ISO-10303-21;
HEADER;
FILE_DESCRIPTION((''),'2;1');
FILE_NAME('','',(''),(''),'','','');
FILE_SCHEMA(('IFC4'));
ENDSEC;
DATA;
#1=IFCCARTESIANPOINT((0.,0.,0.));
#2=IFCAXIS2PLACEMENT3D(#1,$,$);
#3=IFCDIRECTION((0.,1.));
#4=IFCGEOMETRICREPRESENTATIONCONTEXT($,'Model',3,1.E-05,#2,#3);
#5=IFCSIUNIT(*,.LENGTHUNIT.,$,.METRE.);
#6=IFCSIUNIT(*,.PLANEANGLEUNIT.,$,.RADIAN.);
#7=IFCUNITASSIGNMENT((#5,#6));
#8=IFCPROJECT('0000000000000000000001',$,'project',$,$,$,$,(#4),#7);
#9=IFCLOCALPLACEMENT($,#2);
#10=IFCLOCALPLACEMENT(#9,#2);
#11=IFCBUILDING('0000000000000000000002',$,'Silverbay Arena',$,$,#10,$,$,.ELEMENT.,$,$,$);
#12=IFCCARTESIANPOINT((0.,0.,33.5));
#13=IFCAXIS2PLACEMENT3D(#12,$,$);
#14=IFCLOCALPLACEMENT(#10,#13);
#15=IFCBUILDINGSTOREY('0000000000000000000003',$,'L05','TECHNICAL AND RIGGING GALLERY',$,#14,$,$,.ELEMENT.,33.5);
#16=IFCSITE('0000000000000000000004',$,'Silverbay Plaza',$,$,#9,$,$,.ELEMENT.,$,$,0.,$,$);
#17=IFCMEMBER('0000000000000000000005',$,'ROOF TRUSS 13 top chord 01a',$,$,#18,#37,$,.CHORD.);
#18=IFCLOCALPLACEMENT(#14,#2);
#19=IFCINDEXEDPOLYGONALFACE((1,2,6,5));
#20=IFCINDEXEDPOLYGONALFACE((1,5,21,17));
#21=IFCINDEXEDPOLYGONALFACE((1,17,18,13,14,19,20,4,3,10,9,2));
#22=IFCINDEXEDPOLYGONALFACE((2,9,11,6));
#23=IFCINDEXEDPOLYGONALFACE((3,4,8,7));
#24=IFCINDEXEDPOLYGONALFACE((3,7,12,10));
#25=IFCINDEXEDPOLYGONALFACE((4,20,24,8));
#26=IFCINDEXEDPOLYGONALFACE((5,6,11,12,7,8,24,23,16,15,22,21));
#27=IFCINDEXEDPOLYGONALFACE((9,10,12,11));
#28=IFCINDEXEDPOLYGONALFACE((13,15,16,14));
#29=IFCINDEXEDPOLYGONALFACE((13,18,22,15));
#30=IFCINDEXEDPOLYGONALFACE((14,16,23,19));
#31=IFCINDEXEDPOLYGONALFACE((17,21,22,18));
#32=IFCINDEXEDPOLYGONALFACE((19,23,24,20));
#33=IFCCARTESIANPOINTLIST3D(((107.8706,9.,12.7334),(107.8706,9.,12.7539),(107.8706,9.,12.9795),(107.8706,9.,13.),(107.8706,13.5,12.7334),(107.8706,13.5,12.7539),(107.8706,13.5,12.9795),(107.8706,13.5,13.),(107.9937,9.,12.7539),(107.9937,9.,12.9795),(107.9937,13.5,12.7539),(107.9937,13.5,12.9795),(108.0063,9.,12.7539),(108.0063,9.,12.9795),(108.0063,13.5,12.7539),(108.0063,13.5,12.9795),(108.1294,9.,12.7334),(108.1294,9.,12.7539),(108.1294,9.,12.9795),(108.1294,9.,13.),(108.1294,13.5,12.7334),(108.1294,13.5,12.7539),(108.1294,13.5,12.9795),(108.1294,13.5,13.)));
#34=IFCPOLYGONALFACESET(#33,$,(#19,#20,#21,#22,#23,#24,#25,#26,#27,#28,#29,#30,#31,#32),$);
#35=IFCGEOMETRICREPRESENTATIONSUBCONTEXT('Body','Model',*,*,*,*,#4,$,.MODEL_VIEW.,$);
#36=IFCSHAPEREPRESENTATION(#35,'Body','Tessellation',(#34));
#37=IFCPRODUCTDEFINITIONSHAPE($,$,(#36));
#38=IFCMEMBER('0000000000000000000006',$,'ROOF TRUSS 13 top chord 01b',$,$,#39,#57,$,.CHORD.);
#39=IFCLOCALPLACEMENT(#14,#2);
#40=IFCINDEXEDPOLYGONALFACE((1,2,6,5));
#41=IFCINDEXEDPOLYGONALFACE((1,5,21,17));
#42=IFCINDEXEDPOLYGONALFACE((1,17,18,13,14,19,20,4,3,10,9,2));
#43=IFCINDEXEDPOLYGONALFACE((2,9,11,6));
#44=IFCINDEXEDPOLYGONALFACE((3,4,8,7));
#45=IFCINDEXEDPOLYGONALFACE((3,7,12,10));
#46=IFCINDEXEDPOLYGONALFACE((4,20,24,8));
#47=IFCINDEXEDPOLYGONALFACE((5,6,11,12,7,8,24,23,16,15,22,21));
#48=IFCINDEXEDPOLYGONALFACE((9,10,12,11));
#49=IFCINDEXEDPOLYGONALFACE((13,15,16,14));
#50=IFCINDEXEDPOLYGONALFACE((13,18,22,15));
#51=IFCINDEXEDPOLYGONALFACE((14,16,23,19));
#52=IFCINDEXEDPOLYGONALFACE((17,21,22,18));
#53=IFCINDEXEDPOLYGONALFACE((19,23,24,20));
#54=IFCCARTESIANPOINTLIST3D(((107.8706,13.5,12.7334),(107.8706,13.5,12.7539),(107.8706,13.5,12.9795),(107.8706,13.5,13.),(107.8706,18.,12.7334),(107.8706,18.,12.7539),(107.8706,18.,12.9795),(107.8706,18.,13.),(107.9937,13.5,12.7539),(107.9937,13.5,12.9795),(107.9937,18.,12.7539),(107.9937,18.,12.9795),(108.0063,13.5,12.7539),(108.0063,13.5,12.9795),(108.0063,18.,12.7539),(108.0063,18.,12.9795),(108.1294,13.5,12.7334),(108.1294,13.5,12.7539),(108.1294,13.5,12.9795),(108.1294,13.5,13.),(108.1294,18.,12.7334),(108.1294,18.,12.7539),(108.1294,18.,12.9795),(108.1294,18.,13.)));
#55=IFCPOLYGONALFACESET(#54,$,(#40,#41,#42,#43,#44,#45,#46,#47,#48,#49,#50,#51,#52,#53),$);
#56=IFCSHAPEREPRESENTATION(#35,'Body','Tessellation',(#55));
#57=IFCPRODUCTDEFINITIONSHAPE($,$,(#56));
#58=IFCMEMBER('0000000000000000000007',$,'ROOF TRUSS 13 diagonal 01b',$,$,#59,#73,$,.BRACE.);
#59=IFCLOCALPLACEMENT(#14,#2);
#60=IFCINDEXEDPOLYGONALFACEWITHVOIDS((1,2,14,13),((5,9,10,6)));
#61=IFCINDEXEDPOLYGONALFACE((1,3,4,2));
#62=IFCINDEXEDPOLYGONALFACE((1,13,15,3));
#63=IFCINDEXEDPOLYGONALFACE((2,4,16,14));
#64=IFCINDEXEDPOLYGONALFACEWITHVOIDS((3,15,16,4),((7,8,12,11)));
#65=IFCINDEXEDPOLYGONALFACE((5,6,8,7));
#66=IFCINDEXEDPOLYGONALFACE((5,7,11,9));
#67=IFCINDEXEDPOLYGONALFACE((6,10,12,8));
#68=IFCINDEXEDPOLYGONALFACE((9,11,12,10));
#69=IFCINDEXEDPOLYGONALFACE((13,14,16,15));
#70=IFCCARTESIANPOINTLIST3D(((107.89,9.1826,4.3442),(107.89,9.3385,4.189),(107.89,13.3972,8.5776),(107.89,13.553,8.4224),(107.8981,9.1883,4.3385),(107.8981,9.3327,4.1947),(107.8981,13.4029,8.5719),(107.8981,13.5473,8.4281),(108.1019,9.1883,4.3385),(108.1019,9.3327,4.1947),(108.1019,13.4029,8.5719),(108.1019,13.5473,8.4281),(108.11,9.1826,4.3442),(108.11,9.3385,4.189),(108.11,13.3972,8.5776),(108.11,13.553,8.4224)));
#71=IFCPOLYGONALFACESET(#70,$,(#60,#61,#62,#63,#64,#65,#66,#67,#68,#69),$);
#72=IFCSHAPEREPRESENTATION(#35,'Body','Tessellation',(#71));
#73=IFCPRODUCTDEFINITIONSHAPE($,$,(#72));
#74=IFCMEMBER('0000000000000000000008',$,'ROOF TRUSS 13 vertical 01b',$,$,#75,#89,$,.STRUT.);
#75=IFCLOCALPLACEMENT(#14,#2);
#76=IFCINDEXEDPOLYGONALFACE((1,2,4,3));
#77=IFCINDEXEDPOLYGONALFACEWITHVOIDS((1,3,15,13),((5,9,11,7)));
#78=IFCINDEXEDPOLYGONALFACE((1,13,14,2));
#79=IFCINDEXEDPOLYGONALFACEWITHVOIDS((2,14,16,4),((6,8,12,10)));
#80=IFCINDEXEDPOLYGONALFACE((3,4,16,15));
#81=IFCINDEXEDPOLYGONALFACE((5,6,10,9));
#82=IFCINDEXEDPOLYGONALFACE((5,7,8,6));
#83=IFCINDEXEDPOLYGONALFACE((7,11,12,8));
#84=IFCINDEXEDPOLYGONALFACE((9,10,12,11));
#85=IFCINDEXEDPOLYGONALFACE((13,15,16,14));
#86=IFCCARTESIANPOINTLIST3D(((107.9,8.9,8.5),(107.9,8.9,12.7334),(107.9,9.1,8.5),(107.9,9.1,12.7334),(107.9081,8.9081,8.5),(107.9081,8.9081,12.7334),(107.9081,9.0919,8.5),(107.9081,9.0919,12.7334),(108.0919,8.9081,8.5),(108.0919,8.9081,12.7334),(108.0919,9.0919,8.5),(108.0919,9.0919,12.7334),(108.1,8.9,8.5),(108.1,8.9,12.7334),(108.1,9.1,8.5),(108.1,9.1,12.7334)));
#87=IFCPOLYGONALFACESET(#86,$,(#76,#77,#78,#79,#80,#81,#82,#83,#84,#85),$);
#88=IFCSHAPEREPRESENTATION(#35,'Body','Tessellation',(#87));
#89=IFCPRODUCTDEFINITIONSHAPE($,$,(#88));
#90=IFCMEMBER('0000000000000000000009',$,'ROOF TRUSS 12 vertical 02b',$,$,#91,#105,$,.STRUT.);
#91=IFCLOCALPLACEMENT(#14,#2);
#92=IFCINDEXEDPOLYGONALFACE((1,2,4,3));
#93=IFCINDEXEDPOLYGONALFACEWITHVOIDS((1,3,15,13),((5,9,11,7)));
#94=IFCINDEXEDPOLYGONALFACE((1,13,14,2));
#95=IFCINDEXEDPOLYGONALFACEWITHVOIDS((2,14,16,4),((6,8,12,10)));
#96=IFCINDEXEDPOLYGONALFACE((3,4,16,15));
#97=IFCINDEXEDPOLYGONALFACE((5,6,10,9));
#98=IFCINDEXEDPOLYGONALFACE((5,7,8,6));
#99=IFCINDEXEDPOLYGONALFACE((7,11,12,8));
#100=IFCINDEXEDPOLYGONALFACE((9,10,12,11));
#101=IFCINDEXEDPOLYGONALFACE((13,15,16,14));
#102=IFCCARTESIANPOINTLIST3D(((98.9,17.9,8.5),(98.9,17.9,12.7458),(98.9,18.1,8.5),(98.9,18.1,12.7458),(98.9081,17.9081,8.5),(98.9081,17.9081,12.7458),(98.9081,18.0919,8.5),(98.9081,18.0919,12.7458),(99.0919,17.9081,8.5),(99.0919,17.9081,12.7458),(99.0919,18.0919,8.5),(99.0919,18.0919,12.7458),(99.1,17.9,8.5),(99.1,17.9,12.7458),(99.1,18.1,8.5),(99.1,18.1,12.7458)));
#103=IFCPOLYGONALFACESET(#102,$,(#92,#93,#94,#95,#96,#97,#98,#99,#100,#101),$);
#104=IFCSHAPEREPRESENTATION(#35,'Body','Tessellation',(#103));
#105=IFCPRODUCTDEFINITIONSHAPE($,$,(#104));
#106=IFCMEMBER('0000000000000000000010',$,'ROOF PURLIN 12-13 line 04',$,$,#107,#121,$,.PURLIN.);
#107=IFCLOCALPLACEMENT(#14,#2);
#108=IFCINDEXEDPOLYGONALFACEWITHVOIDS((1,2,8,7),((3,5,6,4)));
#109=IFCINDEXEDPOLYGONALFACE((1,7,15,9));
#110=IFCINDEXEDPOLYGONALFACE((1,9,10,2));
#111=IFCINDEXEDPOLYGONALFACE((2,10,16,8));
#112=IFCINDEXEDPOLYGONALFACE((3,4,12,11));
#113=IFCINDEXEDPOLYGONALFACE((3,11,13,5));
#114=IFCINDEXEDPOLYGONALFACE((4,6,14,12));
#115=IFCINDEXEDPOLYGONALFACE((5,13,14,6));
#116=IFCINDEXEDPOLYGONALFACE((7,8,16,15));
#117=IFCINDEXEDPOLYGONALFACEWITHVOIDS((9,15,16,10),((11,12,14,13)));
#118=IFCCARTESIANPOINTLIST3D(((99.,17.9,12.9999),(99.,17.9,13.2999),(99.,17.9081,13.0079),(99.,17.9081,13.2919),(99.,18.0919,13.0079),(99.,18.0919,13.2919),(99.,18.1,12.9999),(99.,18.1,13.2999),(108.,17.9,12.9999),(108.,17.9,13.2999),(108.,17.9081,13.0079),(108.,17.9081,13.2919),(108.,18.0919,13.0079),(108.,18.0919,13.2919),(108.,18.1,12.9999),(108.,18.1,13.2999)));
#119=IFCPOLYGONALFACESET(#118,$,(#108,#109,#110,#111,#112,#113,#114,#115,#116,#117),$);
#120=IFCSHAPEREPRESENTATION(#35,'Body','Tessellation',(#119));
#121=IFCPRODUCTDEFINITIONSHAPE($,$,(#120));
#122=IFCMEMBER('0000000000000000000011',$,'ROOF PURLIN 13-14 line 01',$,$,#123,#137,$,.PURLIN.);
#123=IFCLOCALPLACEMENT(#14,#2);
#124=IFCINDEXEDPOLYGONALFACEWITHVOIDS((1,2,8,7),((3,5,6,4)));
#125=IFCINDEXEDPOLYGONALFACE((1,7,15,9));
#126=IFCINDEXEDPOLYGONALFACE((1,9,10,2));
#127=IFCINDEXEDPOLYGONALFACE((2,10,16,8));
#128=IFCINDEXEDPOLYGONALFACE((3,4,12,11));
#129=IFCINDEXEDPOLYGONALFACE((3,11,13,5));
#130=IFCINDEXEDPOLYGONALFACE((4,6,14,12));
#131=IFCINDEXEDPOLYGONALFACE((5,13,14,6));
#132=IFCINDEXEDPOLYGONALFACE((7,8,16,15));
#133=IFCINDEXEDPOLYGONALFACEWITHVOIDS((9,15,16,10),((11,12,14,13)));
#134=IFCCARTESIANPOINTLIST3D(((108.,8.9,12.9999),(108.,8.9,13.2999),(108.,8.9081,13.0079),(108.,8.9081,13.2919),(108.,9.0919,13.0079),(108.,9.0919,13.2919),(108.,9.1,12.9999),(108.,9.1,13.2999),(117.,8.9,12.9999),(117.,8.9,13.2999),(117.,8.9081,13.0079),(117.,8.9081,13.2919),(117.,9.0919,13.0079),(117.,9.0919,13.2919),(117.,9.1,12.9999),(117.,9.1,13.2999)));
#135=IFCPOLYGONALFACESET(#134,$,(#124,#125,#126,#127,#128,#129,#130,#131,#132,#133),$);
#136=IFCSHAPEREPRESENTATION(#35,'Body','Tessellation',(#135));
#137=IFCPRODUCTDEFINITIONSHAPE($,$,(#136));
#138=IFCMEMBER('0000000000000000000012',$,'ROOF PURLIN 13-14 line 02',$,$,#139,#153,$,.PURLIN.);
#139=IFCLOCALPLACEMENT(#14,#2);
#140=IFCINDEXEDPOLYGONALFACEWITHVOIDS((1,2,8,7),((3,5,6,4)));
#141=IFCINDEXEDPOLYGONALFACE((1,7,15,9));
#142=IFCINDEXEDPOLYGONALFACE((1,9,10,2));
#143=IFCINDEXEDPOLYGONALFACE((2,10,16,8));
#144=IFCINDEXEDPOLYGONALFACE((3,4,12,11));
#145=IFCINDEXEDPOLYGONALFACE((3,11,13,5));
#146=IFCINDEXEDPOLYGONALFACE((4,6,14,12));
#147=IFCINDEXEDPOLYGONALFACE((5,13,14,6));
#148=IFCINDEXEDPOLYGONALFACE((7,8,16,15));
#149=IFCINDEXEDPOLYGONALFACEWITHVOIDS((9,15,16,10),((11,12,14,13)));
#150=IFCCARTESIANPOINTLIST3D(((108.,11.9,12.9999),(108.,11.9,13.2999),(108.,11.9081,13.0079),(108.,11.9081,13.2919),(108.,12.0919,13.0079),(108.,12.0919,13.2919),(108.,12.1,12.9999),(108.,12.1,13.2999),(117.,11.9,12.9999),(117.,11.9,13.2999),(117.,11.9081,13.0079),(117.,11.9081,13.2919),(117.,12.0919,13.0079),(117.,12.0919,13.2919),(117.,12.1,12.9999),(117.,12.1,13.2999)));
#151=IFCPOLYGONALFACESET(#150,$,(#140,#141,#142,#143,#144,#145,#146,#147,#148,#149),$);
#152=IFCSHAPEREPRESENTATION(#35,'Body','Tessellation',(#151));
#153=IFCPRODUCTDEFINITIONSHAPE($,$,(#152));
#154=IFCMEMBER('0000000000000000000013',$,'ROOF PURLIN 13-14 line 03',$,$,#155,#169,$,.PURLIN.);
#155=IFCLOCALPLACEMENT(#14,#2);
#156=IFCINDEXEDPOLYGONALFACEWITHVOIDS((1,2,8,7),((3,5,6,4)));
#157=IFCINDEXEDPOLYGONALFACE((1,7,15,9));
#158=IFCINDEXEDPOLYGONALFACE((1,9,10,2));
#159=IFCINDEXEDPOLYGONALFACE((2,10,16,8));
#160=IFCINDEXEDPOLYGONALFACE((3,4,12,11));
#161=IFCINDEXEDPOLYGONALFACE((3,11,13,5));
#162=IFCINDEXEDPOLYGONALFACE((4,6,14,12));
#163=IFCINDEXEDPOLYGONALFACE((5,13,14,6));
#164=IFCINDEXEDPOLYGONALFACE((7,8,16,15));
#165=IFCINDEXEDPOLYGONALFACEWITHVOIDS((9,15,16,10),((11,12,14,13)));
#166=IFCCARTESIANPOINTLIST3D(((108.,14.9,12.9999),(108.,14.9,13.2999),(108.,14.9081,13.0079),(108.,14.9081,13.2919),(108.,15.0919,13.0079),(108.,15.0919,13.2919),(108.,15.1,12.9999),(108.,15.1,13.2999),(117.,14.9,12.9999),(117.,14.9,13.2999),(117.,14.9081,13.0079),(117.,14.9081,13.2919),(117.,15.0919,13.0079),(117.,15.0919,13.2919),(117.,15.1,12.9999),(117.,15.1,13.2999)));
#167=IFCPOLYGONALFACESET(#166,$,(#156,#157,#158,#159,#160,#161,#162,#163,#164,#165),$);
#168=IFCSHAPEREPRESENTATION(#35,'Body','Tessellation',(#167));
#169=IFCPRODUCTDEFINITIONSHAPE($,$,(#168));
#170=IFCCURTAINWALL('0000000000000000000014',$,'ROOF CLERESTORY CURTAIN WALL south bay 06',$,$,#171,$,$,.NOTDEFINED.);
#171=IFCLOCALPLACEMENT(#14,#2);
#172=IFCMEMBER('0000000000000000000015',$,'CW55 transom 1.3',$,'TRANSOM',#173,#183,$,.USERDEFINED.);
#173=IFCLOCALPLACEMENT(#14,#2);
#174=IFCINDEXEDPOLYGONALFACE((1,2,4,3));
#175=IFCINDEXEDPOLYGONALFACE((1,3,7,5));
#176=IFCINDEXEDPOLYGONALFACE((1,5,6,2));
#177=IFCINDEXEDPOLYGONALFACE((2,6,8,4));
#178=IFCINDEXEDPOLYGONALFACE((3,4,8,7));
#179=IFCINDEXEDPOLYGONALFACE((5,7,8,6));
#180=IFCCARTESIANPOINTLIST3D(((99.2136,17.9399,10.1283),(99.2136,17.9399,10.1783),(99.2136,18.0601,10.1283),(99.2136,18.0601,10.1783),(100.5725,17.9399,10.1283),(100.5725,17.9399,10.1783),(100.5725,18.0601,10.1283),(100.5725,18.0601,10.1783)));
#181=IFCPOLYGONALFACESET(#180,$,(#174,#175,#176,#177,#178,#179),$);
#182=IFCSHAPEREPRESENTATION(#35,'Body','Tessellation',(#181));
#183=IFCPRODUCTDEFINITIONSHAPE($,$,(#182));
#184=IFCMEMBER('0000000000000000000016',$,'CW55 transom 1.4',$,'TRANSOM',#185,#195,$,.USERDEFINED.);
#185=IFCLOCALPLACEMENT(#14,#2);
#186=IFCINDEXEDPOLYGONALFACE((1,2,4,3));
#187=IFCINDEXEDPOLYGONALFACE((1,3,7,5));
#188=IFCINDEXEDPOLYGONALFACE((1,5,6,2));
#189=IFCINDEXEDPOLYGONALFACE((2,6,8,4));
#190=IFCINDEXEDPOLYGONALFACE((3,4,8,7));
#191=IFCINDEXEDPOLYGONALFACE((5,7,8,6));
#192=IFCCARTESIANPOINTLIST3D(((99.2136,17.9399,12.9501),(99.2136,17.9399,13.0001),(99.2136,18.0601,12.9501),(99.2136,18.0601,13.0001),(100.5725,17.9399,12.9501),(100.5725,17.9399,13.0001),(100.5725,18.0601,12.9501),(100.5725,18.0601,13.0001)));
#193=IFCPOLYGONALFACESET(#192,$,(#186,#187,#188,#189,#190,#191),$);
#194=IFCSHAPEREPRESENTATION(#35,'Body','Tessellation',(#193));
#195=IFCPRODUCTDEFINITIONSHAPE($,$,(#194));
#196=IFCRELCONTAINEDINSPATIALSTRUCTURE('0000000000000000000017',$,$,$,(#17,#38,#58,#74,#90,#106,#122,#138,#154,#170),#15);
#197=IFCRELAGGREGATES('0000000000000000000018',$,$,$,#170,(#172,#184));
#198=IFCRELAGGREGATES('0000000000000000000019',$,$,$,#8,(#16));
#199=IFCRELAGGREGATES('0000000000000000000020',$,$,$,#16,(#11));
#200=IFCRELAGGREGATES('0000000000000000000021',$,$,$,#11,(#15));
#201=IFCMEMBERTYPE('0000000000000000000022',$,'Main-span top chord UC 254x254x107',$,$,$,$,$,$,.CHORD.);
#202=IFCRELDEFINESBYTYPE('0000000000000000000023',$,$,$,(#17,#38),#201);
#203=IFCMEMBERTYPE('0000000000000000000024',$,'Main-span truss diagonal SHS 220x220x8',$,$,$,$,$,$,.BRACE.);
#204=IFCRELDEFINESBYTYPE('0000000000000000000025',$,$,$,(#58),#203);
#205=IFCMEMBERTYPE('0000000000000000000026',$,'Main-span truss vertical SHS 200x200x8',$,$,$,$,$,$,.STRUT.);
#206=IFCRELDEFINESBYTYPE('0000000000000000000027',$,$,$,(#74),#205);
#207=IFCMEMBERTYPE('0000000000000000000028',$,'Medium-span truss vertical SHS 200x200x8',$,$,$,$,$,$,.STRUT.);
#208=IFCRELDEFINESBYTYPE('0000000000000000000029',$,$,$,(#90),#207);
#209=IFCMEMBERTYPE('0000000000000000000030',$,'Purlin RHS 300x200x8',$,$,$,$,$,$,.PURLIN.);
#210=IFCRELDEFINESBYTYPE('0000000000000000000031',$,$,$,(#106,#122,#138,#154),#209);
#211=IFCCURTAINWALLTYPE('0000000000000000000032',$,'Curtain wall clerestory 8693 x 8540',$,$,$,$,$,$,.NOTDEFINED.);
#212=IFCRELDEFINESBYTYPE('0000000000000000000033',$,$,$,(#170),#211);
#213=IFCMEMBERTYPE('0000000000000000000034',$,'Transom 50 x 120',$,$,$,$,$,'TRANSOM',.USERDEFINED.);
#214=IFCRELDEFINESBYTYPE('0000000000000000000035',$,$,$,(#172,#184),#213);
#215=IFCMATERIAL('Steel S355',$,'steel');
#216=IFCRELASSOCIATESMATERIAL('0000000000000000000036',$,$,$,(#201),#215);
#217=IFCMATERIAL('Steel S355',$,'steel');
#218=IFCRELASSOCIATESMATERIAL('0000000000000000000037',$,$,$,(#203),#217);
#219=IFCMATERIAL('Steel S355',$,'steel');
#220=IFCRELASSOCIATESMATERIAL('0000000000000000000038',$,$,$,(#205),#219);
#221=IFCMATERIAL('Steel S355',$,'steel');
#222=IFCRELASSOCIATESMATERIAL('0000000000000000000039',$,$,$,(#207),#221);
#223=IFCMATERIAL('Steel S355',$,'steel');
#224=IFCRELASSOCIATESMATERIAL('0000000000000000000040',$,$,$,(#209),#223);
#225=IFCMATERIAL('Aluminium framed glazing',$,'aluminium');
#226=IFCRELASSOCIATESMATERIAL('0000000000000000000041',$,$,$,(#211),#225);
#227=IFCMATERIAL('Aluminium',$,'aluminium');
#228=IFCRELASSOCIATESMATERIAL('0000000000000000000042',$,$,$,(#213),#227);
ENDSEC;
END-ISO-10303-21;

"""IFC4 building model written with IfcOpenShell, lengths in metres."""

from ifc_helpers import new_model, si_unit, direction, frame, origin, origin_2d, place, context, subcontext, project, spatial, rectangle, hollow_rectangle, i_section, extrude, material, material_profile, profile_set, type_object, element, aggregate, save


model = new_model("IFC4")

# Units and contexts
model_context = context("Model", 3, precision=1e-05, world=origin(), true_north=direction((0.0, 1.0)))
body_context = subcontext(model_context, "Body", "Model", "MODEL_VIEW")
ifc_project = project(units=[si_unit("LENGTHUNIT", "METRE"), si_unit("PLANEANGLEUNIT", "RADIAN")], contexts=[model_context])

# Site, building, storey
site_placement = place(None, origin())
site = spatial("IfcSite", under=ifc_project, at=site_placement, Name="Silverbay Plaza", CompositionType="ELEMENT", RefElevation=0.0)
building_placement = place(site_placement, origin())
building = spatial("IfcBuilding", under=site, at=building_placement, Name="Silverbay Arena", CompositionType="ELEMENT")
storey_placement = place(building_placement, frame((0.0, 0.0, 33.5)))
storey = spatial("IfcBuildingStorey", under=building, at=storey_placement, Name="L05", Description="TECHNICAL AND RIGGING GALLERY", CompositionType="ELEMENT", Elevation=33.5)

# Members
ifc_material_1 = material(Name="Steel S355", Category="steel")
ifc_material_profile_1 = material_profile(ifc_material_1, i_section(OverallWidth=0.2588, OverallDepth=0.2666, WebThickness=0.0127, FlangeThickness=0.0205, at=origin_2d()), Name="UC 254x254x107")
ifc_profile_set_1 = profile_set([ifc_material_profile_1], Name="Steel S355")
member_type_1 = type_object("IfcMemberType", Name="Main-span top chord UC 254x254x107", PredefinedType="CHORD", material=ifc_profile_set_1)
for number, where, z_axis, x_axis, name in (
    (1, (108.0, 9.0, 12.8667), (0.0, 1.0, 0.0), (-1.0, 0.0, 0.0), "ROOF TRUSS 13 top chord 01a"),
    (2, (108.0, 13.5, 12.8667), (0.0, 1.0, 0.0), (-1.0, 0.0, 0.0), "ROOF TRUSS 13 top chord 01b"),
):
    element("IfcMember", number, at=place(storey_placement, frame(where, z_axis=z_axis, x_axis=x_axis)), inside=storey, type_object=member_type_1, Name=name, PredefinedType="CHORD", context=body_context, shape_type="SweptSolid", body=[
        extrude(i_section(OverallWidth=0.2588, OverallDepth=0.2666, WebThickness=0.0127, FlangeThickness=0.0205, at=origin_2d()), origin(), (0.0, 0.0, 1.0), 4.5),
    ])
ifc_material_2 = material(Name="Steel S355", Category="steel")
ifc_material_profile_2 = material_profile(ifc_material_2, hollow_rectangle(XDim=0.22, YDim=0.22, WallThickness=0.0081, at=origin_2d()), Name="SHS 220x220x8")
ifc_profile_set_2 = profile_set([ifc_material_profile_2], Name="Steel S355")
member_type_2 = type_object("IfcMemberType", Name="Main-span truss diagonal SHS 220x220x8", PredefinedType="BRACE", material=ifc_profile_set_2)
member_1_placement = place(storey_placement, frame((108.0, 13.4751, 8.5), z_axis=(0.0, -0.705532, -0.708679), x_axis=(1.0, 0.0, 0.0)))
element("IfcMember", 3, at=member_1_placement, inside=storey, type_object=member_type_2, Name="ROOF TRUSS 13 diagonal 01b", PredefinedType="BRACE", context=body_context, shape_type="SweptSolid", body=[
    extrude(hollow_rectangle(XDim=0.22, YDim=0.22, WallThickness=0.0081, at=origin_2d()), origin(), (0.0, 0.0, 1.0), 5.9736),
])
ifc_material_3 = material(Name="Steel S355", Category="steel")
ifc_material_profile_3 = material_profile(ifc_material_3, hollow_rectangle(XDim=0.2, YDim=0.2, WallThickness=0.0081, at=origin_2d()), Name="SHS 200x200x8")
ifc_profile_set_3 = profile_set([ifc_material_profile_3], Name="Steel S355")
member_type_3 = type_object("IfcMemberType", Name="Main-span truss vertical SHS 200x200x8", PredefinedType="STRUT", material=ifc_profile_set_3)
member_2_placement = place(storey_placement, frame((108.0, 9.0, 8.5), z_axis=(0.0, 0.0, 1.0), x_axis=(1.0, 0.0, 0.0)))
element("IfcMember", 4, at=member_2_placement, inside=storey, type_object=member_type_3, Name="ROOF TRUSS 13 vertical 01b", PredefinedType="STRUT", context=body_context, shape_type="SweptSolid", body=[
    extrude(hollow_rectangle(XDim=0.2, YDim=0.2, WallThickness=0.0081, at=origin_2d()), origin(), (0.0, 0.0, 1.0), 4.2334),
])
ifc_material_4 = material(Name="Steel S355", Category="steel")
ifc_material_profile_4 = material_profile(ifc_material_4, hollow_rectangle(XDim=0.2, YDim=0.2, WallThickness=0.0081, at=origin_2d()), Name="SHS 200x200x8")
ifc_profile_set_4 = profile_set([ifc_material_profile_4], Name="Steel S355")
member_type_4 = type_object("IfcMemberType", Name="Medium-span truss vertical SHS 200x200x8", PredefinedType="STRUT", material=ifc_profile_set_4)
member_3_placement = place(storey_placement, frame((99.0, 18.0, 8.5), z_axis=(0.0, 0.0, 1.0), x_axis=(1.0, 0.0, 0.0)))
element("IfcMember", 5, at=member_3_placement, inside=storey, type_object=member_type_4, Name="ROOF TRUSS 12 vertical 02b", PredefinedType="STRUT", context=body_context, shape_type="SweptSolid", body=[
    extrude(hollow_rectangle(XDim=0.2, YDim=0.2, WallThickness=0.0081, at=origin_2d()), origin(), (0.0, 0.0, 1.0), 4.2458),
])
ifc_material_5 = material(Name="Steel S355", Category="steel")
ifc_material_profile_5 = material_profile(ifc_material_5, hollow_rectangle(XDim=0.2, YDim=0.3, WallThickness=0.0081, at=origin_2d()), Name="RHS 300x200x8")
ifc_profile_set_5 = profile_set([ifc_material_profile_5], Name="Steel S355")
member_type_5 = type_object("IfcMemberType", Name="Purlin RHS 300x200x8", PredefinedType="PURLIN", material=ifc_profile_set_5)
for number, where, z_axis, x_axis, name in (
    (6, (99.0, 18.0, 13.1499), (1.0, 0.0, 0.0), (0.0, 1.0, 0.0), "ROOF PURLIN 12-13 line 04"),
    (7, (108.0, 9.0, 13.1499), (1.0, 0.0, 0.0), (0.0, 1.0, 0.0), "ROOF PURLIN 13-14 line 01"),
    (8, (108.0, 12.0, 13.1499), (1.0, 0.0, 0.0), (0.0, 1.0, 0.0), "ROOF PURLIN 13-14 line 02"),
    (9, (108.0, 15.0, 13.1499), (1.0, 0.0, 0.0), (0.0, 1.0, 0.0), "ROOF PURLIN 13-14 line 03"),
):
    element("IfcMember", number, at=place(storey_placement, frame(where, z_axis=z_axis, x_axis=x_axis)), inside=storey, type_object=member_type_5, Name=name, PredefinedType="PURLIN", context=body_context, shape_type="SweptSolid", body=[
        extrude(hollow_rectangle(XDim=0.2, YDim=0.3, WallThickness=0.0081, at=origin_2d()), origin(), (0.0, 0.0, 1.0), 9.0),
    ])

# Curtain wall, members
ifc_material_6 = material(Name="Aluminium framed glazing", Category="aluminium")
curtain_wall_type = type_object("IfcCurtainWallType", Name="Curtain wall clerestory 8693 x 8540", PredefinedType="NOTDEFINED", material=ifc_material_6)
curtain_wall_placement = place(storey_placement, origin())
curtain_wall = element("IfcCurtainWall", 10, at=curtain_wall_placement, inside=storey, type_object=curtain_wall_type, Name="ROOF CLERESTORY CURTAIN WALL south bay 06", PredefinedType="NOTDEFINED")
ifc_material_7 = material(Name="Aluminium", Category="aluminium")
ifc_material_profile_6 = material_profile(ifc_material_7, rectangle(XDim=0.1201, YDim=0.05, at=origin_2d()), Name="Transom 50 x 120")
ifc_profile_set_6 = profile_set([ifc_material_profile_6], Name="Aluminium")
member_type_6 = type_object("IfcMemberType", Name="Transom 50 x 120", ElementType="TRANSOM", PredefinedType="USERDEFINED", material=ifc_profile_set_6)
member_4_placement = place(storey_placement, frame((99.2136, 18.0, 10.1533), z_axis=(1.0, 0.0, 0.0), x_axis=(0.0, 1.0, 0.0)))
member_4 = element("IfcMember", 11, at=member_4_placement, type_object=member_type_6, Name="CW55 transom 1.3", ObjectType="TRANSOM", PredefinedType="USERDEFINED", context=body_context, shape_type="SweptSolid", body=[
    extrude(rectangle(XDim=0.1201, YDim=0.05, at=origin_2d()), origin(), (0.0, 0.0, 1.0), 1.3589),
])
member_5_placement = place(storey_placement, frame((99.2136, 18.0, 12.9751), z_axis=(1.0, 0.0, 0.0), x_axis=(0.0, 1.0, 0.0)))
member_5 = element("IfcMember", 12, at=member_5_placement, type_object=member_type_6, Name="CW55 transom 1.4", ObjectType="TRANSOM", PredefinedType="USERDEFINED", context=body_context, shape_type="SweptSolid", body=[
    extrude(rectangle(XDim=0.1201, YDim=0.05, at=origin_2d()), origin(), (0.0, 0.0, 1.0), 1.3589),
])
aggregate(curtain_wall, [member_4, member_5])

save(model, "model.ifc")
